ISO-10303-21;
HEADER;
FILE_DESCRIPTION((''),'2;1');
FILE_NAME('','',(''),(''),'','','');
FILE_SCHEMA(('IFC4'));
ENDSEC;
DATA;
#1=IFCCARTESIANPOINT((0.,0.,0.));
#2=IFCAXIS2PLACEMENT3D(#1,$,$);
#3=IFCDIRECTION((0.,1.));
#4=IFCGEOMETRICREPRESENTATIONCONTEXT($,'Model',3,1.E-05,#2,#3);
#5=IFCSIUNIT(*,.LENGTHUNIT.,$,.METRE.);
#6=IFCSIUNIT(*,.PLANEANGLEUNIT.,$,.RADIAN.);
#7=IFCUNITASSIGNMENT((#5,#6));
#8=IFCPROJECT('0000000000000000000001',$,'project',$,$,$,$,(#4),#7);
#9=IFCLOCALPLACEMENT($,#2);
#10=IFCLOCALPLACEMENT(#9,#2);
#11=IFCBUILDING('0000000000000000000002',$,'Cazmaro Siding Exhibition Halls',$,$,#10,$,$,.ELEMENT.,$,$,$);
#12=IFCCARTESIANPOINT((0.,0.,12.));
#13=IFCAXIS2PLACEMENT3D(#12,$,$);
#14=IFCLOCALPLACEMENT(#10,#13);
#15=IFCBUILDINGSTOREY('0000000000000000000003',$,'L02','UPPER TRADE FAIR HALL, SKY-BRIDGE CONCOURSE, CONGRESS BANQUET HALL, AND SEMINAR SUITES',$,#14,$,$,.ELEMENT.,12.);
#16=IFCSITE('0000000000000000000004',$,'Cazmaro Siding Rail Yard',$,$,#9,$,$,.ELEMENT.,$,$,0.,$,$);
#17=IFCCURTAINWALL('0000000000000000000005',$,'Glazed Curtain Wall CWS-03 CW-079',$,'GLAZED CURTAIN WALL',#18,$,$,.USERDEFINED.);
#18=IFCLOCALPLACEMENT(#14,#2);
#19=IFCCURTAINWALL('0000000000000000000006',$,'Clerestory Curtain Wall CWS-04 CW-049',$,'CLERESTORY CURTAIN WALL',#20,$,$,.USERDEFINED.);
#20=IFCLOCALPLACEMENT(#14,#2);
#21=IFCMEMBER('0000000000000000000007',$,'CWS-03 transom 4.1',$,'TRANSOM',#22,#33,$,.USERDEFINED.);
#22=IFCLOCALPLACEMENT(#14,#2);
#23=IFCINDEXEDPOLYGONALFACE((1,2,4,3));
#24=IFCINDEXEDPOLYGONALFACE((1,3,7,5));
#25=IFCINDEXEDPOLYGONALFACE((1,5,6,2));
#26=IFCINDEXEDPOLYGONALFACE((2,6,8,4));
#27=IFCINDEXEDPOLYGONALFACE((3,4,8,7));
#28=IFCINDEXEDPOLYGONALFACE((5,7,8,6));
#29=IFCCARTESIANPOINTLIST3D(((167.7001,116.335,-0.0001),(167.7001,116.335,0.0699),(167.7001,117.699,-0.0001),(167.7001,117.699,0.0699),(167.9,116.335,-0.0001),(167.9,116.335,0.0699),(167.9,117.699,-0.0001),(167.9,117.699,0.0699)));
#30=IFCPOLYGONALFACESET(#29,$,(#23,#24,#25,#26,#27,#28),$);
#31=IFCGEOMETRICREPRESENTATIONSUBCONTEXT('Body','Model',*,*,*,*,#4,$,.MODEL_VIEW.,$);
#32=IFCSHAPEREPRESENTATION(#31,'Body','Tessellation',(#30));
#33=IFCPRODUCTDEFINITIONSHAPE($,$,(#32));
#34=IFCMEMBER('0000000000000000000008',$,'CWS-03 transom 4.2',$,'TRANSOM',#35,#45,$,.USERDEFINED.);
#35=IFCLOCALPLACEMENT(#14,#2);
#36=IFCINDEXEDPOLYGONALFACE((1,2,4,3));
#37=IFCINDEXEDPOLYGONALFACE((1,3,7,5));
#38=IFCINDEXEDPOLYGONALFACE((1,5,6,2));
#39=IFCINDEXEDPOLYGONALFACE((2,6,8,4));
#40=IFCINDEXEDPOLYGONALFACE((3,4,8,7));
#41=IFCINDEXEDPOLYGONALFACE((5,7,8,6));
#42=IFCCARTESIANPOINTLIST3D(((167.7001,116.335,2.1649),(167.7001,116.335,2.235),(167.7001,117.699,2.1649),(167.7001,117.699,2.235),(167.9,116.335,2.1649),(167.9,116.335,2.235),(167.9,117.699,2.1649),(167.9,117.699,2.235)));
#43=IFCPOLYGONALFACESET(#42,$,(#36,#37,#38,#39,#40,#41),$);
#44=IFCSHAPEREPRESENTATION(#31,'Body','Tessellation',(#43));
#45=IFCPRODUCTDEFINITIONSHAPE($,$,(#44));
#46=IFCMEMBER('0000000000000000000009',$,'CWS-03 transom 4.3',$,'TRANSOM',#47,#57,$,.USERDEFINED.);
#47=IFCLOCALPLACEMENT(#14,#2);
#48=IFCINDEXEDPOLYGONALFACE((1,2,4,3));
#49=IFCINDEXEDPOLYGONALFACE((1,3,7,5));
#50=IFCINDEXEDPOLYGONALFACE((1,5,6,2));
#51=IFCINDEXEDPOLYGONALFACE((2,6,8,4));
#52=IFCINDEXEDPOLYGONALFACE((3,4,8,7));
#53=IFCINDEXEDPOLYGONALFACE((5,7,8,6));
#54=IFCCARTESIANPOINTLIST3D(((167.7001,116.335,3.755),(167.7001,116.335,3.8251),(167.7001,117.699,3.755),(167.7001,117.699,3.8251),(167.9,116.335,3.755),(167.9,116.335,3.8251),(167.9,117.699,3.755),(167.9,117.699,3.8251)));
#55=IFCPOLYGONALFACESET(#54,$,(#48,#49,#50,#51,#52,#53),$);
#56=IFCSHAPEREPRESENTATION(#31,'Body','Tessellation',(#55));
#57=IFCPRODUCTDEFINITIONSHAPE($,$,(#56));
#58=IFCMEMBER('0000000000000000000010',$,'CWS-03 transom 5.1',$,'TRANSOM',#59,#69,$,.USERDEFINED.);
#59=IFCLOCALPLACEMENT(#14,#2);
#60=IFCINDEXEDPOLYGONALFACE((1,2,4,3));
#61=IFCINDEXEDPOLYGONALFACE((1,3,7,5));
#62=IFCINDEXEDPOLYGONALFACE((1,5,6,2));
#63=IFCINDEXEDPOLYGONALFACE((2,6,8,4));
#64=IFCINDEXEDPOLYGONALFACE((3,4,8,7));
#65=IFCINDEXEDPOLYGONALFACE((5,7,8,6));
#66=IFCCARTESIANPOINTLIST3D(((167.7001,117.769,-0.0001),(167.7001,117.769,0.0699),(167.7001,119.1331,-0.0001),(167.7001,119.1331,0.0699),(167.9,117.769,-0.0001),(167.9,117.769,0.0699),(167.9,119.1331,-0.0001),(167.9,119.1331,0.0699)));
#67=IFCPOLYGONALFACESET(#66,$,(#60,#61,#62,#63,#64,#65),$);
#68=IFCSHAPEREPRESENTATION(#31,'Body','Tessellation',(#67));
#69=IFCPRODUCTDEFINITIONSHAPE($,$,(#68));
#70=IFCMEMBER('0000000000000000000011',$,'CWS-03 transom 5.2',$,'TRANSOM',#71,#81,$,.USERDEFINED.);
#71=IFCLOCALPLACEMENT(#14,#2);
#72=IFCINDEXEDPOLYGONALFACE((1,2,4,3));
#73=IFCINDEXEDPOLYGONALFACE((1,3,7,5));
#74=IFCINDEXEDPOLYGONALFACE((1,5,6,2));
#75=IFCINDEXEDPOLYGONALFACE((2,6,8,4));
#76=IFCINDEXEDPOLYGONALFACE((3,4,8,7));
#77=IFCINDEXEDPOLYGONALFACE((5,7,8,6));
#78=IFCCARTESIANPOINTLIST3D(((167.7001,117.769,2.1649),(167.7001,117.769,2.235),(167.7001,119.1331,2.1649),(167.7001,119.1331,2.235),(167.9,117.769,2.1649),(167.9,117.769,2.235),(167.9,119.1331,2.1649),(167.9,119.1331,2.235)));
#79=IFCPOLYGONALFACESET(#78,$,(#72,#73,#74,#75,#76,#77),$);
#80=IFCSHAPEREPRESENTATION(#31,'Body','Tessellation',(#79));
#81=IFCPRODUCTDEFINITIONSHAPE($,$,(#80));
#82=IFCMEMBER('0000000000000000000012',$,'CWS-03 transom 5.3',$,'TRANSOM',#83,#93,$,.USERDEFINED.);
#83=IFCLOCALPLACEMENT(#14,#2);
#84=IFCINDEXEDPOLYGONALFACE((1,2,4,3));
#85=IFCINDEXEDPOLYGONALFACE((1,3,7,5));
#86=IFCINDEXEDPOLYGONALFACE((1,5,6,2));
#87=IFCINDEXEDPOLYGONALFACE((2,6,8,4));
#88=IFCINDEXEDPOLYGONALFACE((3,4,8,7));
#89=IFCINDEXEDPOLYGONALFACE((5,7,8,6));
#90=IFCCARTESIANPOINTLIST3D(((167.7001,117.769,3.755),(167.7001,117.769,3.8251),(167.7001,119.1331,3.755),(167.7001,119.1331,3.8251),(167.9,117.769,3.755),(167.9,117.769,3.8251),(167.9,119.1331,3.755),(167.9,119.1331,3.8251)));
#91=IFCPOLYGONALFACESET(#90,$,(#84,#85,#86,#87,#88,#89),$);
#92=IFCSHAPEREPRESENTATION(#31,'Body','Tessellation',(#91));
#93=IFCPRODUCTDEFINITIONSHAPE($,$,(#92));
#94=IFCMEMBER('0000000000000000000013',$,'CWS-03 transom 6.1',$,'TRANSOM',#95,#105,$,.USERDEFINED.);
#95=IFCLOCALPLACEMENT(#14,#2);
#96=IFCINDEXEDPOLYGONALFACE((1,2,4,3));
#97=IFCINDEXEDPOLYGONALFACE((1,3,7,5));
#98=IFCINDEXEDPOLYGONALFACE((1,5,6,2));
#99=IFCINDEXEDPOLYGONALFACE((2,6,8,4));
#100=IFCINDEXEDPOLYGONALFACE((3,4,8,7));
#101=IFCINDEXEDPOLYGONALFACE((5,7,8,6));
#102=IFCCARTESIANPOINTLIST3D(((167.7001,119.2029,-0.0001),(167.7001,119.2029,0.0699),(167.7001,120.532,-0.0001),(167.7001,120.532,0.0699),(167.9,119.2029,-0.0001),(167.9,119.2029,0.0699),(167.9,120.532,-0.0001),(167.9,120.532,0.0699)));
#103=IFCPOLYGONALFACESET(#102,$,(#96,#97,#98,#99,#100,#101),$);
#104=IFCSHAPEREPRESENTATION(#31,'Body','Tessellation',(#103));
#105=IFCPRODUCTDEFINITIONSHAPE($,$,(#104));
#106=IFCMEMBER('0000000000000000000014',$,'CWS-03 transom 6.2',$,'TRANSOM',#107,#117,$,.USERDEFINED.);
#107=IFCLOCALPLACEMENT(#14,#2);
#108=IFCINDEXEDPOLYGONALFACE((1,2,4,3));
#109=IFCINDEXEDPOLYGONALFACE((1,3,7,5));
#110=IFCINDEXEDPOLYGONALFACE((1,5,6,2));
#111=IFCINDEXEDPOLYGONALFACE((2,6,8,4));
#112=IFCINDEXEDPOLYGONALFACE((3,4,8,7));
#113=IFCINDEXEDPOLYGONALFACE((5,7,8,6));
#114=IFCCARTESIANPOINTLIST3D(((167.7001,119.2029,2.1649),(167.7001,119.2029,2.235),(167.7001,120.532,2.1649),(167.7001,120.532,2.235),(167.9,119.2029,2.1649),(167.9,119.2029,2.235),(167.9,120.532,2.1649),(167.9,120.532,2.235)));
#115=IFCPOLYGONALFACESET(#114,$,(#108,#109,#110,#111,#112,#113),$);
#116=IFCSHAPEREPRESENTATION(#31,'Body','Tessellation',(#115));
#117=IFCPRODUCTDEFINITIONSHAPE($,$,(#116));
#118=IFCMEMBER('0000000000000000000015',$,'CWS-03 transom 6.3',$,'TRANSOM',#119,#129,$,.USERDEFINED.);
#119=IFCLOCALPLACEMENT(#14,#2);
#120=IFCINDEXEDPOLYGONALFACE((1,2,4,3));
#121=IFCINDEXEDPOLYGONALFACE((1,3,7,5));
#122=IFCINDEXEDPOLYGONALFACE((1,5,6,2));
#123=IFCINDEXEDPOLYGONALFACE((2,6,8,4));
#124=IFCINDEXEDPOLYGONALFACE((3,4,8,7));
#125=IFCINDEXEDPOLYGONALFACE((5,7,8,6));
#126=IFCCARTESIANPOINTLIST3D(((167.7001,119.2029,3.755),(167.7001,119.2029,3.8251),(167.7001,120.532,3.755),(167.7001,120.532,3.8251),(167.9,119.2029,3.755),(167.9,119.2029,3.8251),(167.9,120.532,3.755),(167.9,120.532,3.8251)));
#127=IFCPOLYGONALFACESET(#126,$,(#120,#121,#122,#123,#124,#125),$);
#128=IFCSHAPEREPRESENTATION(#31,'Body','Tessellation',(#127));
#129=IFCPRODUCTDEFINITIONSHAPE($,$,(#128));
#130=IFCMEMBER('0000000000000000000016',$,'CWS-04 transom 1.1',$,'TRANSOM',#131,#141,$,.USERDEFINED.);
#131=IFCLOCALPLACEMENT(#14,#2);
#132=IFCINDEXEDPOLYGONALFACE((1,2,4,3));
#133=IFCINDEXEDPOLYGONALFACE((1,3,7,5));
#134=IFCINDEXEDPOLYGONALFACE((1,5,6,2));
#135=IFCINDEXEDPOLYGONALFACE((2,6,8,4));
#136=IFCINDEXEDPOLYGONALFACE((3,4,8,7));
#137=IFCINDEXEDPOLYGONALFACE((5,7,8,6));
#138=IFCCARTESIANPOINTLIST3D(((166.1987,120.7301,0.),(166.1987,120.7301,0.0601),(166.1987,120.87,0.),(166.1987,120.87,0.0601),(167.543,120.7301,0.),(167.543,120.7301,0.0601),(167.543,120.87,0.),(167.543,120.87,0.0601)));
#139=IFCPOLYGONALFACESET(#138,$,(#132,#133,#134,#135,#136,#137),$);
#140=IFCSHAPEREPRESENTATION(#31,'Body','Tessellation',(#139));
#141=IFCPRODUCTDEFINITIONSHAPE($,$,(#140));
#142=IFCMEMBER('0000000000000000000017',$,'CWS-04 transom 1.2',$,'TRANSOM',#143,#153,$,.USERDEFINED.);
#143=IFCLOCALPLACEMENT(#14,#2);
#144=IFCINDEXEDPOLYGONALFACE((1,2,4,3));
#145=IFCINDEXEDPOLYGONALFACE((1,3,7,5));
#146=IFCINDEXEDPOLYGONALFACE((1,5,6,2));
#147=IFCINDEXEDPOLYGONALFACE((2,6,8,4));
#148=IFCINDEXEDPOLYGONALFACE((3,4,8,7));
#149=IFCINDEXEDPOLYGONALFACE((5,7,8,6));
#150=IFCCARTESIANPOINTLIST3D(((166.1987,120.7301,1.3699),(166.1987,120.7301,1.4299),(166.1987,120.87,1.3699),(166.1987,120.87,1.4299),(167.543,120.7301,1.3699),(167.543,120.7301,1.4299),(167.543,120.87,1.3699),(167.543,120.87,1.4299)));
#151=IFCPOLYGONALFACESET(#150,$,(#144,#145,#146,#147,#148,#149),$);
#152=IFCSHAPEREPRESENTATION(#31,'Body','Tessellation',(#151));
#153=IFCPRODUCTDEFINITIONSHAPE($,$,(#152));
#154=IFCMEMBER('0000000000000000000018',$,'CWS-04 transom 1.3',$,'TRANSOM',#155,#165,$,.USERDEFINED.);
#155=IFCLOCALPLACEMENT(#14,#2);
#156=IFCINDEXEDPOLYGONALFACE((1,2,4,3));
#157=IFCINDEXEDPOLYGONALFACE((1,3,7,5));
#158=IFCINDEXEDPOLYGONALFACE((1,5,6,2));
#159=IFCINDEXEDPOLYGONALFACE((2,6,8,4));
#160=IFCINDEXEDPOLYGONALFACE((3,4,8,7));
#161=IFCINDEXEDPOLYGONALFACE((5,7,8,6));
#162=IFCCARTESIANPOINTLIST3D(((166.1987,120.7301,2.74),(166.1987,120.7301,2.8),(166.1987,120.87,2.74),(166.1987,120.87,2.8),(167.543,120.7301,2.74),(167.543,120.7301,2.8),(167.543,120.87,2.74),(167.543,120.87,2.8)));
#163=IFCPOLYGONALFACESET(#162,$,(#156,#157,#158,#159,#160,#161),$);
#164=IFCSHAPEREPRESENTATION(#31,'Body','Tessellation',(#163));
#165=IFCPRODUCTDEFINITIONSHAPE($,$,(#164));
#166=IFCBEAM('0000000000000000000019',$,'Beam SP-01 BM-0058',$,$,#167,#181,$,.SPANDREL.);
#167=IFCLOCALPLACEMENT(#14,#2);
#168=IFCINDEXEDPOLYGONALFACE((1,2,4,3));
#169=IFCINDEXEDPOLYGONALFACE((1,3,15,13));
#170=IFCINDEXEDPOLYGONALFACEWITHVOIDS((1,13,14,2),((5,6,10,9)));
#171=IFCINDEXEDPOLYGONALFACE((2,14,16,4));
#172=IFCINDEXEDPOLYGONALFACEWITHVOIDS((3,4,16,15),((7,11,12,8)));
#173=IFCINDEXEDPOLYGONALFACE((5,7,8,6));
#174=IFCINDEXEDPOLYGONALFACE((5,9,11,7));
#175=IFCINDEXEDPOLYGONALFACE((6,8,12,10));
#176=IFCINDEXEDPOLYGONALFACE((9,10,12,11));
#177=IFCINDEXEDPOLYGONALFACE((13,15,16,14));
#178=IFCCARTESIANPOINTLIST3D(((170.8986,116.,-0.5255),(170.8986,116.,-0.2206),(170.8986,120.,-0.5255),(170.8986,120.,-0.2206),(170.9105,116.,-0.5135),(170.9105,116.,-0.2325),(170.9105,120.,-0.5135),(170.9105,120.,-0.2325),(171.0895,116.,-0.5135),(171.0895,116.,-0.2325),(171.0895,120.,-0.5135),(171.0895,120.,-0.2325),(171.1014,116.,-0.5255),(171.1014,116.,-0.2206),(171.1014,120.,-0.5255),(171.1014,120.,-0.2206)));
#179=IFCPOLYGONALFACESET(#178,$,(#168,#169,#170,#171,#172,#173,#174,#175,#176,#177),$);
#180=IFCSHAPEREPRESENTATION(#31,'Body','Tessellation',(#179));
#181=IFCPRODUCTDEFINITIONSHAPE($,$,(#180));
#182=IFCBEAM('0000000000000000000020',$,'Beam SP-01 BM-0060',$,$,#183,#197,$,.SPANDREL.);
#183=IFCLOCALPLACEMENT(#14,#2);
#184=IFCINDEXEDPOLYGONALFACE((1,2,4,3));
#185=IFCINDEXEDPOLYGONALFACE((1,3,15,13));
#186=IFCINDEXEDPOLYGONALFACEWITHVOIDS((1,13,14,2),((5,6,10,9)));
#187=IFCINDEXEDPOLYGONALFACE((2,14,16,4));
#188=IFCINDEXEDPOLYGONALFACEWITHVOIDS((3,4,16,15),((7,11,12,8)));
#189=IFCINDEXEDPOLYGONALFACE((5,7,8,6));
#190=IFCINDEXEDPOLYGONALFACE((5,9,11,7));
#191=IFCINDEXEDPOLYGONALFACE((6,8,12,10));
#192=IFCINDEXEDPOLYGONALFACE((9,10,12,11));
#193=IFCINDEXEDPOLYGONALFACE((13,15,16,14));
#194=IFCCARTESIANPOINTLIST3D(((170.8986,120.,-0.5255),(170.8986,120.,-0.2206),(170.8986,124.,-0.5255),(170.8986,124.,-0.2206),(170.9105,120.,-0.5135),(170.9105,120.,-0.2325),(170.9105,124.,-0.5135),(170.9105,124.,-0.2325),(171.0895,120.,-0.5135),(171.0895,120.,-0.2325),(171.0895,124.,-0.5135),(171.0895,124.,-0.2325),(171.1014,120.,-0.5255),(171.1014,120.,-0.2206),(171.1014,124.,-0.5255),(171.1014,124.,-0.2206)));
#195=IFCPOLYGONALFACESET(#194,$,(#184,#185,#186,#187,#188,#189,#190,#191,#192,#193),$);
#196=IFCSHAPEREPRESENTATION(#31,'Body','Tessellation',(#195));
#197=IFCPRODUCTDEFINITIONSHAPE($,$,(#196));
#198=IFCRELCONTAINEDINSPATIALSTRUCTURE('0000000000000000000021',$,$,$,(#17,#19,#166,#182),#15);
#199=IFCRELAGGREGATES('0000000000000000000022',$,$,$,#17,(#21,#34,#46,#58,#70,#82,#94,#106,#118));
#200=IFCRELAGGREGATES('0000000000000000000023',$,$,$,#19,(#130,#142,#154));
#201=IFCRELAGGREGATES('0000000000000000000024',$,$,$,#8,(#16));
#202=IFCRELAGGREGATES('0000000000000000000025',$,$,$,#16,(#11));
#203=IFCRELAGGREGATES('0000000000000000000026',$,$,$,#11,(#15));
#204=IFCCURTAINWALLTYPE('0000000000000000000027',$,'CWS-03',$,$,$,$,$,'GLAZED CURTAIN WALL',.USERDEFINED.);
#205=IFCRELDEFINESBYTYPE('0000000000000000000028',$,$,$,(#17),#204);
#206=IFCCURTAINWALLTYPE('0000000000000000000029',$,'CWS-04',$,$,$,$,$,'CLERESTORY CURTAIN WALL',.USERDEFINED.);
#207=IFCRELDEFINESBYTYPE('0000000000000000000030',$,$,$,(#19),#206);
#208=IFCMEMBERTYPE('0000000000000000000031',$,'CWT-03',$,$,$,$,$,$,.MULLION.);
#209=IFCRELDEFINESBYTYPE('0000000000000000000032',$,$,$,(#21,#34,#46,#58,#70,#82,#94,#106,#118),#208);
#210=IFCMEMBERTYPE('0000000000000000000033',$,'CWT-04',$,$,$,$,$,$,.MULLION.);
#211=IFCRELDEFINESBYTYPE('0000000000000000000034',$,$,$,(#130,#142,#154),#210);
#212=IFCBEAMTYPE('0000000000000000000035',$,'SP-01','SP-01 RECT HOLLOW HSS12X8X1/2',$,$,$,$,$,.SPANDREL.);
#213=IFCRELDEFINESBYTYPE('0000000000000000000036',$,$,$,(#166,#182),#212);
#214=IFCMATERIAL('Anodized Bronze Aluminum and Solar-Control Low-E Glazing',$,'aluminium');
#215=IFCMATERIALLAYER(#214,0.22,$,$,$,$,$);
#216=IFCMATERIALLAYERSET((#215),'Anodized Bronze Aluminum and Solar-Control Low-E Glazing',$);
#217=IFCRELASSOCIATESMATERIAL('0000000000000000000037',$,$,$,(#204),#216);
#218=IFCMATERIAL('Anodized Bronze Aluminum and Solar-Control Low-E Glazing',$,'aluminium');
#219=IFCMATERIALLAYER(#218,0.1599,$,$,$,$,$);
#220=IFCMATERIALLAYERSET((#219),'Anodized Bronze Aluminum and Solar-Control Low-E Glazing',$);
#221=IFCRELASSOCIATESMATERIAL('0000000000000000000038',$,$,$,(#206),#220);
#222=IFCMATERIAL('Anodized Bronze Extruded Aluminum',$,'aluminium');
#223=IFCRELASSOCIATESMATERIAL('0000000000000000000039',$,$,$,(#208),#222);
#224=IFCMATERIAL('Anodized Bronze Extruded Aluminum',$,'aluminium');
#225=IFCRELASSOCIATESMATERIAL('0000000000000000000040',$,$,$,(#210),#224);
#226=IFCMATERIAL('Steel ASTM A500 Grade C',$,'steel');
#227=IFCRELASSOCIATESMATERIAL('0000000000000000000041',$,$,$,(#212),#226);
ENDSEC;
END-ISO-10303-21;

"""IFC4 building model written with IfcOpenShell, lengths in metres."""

from ifc_helpers import new_model, si_unit, direction, frame, origin, origin_2d, place, context, subcontext, project, spatial, rectangle, hollow_rectangle, extrude, material, layer, layer_set, material_profile, profile_set, type_object, element, aggregate, save


model = new_model("IFC4")

# Units and contexts
model_context = context("Model", 3, precision=1e-05, world=origin(), true_north=direction((0.0, 1.0)))
body_context = subcontext(model_context, "Body", "Model", "MODEL_VIEW")
ifc_project = project(units=[si_unit("LENGTHUNIT", "METRE"), si_unit("PLANEANGLEUNIT", "RADIAN")], contexts=[model_context])

# Site, building, storey
site_placement = place(None, origin())
site = spatial("IfcSite", under=ifc_project, at=site_placement, Name="Cazmaro Siding Rail Yard", CompositionType="ELEMENT", RefElevation=0.0)
building_placement = place(site_placement, origin())
building = spatial("IfcBuilding", under=site, at=building_placement, Name="Cazmaro Siding Exhibition Halls", CompositionType="ELEMENT")
storey_placement = place(building_placement, frame((0.0, 0.0, 12.0)))
storey = spatial("IfcBuildingStorey", under=building, at=storey_placement, Name="L02", Description="UPPER TRADE FAIR HALL, SKY-BRIDGE CONCOURSE, CONGRESS BANQUET HALL, AND SEMINAR SUITES", CompositionType="ELEMENT", Elevation=12.0)

# Curtain wall
ifc_material_1 = material(Name="Anodized Bronze Aluminum and Solar-Control Low-E Glazing", Category="aluminium")
ifc_layer_1 = layer(ifc_material_1, 0.22)
ifc_layer_set_1 = layer_set([ifc_layer_1], Name="Anodized Bronze Aluminum and Solar-Control Low-E Glazing")
curtain_wall_type_1 = type_object("IfcCurtainWallType", Name="CWS-03", ElementType="GLAZED CURTAIN WALL", PredefinedType="USERDEFINED", material=ifc_layer_set_1)
curtain_wall_1_placement = place(storey_placement, origin())
curtain_wall_1 = element("IfcCurtainWall", 1, at=curtain_wall_1_placement, inside=storey, type_object=curtain_wall_type_1, Name="Glazed Curtain Wall CWS-03 CW-079", ObjectType="GLAZED CURTAIN WALL", PredefinedType="USERDEFINED")

# Curtain wall
ifc_material_2 = material(Name="Anodized Bronze Aluminum and Solar-Control Low-E Glazing", Category="aluminium")
ifc_layer_2 = layer(ifc_material_2, 0.1599)
ifc_layer_set_2 = layer_set([ifc_layer_2], Name="Anodized Bronze Aluminum and Solar-Control Low-E Glazing")
curtain_wall_type_2 = type_object("IfcCurtainWallType", Name="CWS-04", ElementType="CLERESTORY CURTAIN WALL", PredefinedType="USERDEFINED", material=ifc_layer_set_2)
curtain_wall_2_placement = place(storey_placement, origin())
curtain_wall_2 = element("IfcCurtainWall", 2, at=curtain_wall_2_placement, inside=storey, type_object=curtain_wall_type_2, Name="Clerestory Curtain Wall CWS-04 CW-049", ObjectType="CLERESTORY CURTAIN WALL", PredefinedType="USERDEFINED")

# Members
ifc_material_3 = material(Name="Anodized Bronze Extruded Aluminum", Category="aluminium")
ifc_material_profile_1 = material_profile(ifc_material_3, rectangle(XDim=0.2, YDim=0.0701, at=origin_2d()), Name="CWT-03")
ifc_profile_set_1 = profile_set([ifc_material_profile_1], Name="Anodized Bronze Extruded Aluminum")
member_type_1 = type_object("IfcMemberType", Name="CWT-03", PredefinedType="MULLION", material=ifc_profile_set_1)
member_1_placement = place(storey_placement, frame((167.8, 116.335, 0.0349), z_axis=(0.0, 1.0, 0.0), x_axis=(-1.0, 0.0, 0.0)))
member_1 = element("IfcMember", 3, at=member_1_placement, type_object=member_type_1, Name="CWS-03 transom 4.1", ObjectType="TRANSOM", PredefinedType="USERDEFINED", context=body_context, shape_type="SweptSolid", body=[
    extrude(rectangle(XDim=0.2, YDim=0.0701, at=origin_2d()), origin(), (0.0, 0.0, 1.0), 1.364),
])
member_2_placement = place(storey_placement, frame((167.8, 116.335, 2.2), z_axis=(0.0, 1.0, 0.0), x_axis=(-1.0, 0.0, 0.0)))
member_2 = element("IfcMember", 4, at=member_2_placement, type_object=member_type_1, Name="CWS-03 transom 4.2", ObjectType="TRANSOM", PredefinedType="USERDEFINED", context=body_context, shape_type="SweptSolid", body=[
    extrude(rectangle(XDim=0.2, YDim=0.0701, at=origin_2d()), origin(), (0.0, 0.0, 1.0), 1.364),
])
member_3_placement = place(storey_placement, frame((167.8, 116.335, 3.79), z_axis=(0.0, 1.0, 0.0), x_axis=(-1.0, 0.0, 0.0)))
member_3 = element("IfcMember", 5, at=member_3_placement, type_object=member_type_1, Name="CWS-03 transom 4.3", ObjectType="TRANSOM", PredefinedType="USERDEFINED", context=body_context, shape_type="SweptSolid", body=[
    extrude(rectangle(XDim=0.2, YDim=0.0701, at=origin_2d()), origin(), (0.0, 0.0, 1.0), 1.364),
])
member_4_placement = place(storey_placement, frame((167.8, 117.769, 0.0349), z_axis=(0.0, 1.0, 0.0), x_axis=(-1.0, 0.0, 0.0)))
member_4 = element("IfcMember", 6, at=member_4_placement, type_object=member_type_1, Name="CWS-03 transom 5.1", ObjectType="TRANSOM", PredefinedType="USERDEFINED", context=body_context, shape_type="SweptSolid", body=[
    extrude(rectangle(XDim=0.2, YDim=0.0701, at=origin_2d()), origin(), (0.0, 0.0, 1.0), 1.364),
])
member_5_placement = place(storey_placement, frame((167.8, 117.769, 2.2), z_axis=(0.0, 1.0, 0.0), x_axis=(-1.0, 0.0, 0.0)))
member_5 = element("IfcMember", 7, at=member_5_placement, type_object=member_type_1, Name="CWS-03 transom 5.2", ObjectType="TRANSOM", PredefinedType="USERDEFINED", context=body_context, shape_type="SweptSolid", body=[
    extrude(rectangle(XDim=0.2, YDim=0.0701, at=origin_2d()), origin(), (0.0, 0.0, 1.0), 1.364),
])
member_6_placement = place(storey_placement, frame((167.8, 117.769, 3.79), z_axis=(0.0, 1.0, 0.0), x_axis=(-1.0, 0.0, 0.0)))
member_6 = element("IfcMember", 8, at=member_6_placement, type_object=member_type_1, Name="CWS-03 transom 5.3", ObjectType="TRANSOM", PredefinedType="USERDEFINED", context=body_context, shape_type="SweptSolid", body=[
    extrude(rectangle(XDim=0.2, YDim=0.0701, at=origin_2d()), origin(), (0.0, 0.0, 1.0), 1.364),
])
member_7_placement = place(storey_placement, frame((167.8, 119.2029, 0.0349), z_axis=(0.0, 1.0, 0.0), x_axis=(-1.0, 0.0, 0.0)))
member_7 = element("IfcMember", 9, at=member_7_placement, type_object=member_type_1, Name="CWS-03 transom 6.1", ObjectType="TRANSOM", PredefinedType="USERDEFINED", context=body_context, shape_type="SweptSolid", body=[
    extrude(rectangle(XDim=0.2, YDim=0.0701, at=origin_2d()), origin(), (0.0, 0.0, 1.0), 1.3291),
])
member_8_placement = place(storey_placement, frame((167.8, 119.2029, 2.2), z_axis=(0.0, 1.0, 0.0), x_axis=(-1.0, 0.0, 0.0)))
member_8 = element("IfcMember", 10, at=member_8_placement, type_object=member_type_1, Name="CWS-03 transom 6.2", ObjectType="TRANSOM", PredefinedType="USERDEFINED", context=body_context, shape_type="SweptSolid", body=[
    extrude(rectangle(XDim=0.2, YDim=0.0701, at=origin_2d()), origin(), (0.0, 0.0, 1.0), 1.3291),
])
member_9_placement = place(storey_placement, frame((167.8, 119.2029, 3.79), z_axis=(0.0, 1.0, 0.0), x_axis=(-1.0, 0.0, 0.0)))
member_9 = element("IfcMember", 11, at=member_9_placement, type_object=member_type_1, Name="CWS-03 transom 6.3", ObjectType="TRANSOM", PredefinedType="USERDEFINED", context=body_context, shape_type="SweptSolid", body=[
    extrude(rectangle(XDim=0.2, YDim=0.0701, at=origin_2d()), origin(), (0.0, 0.0, 1.0), 1.3291),
])
ifc_material_4 = material(Name="Anodized Bronze Extruded Aluminum", Category="aluminium")
ifc_material_profile_2 = material_profile(ifc_material_4, rectangle(XDim=0.1399, YDim=0.0601, at=origin_2d()), Name="CWT-04")
ifc_profile_set_2 = profile_set([ifc_material_profile_2], Name="Anodized Bronze Extruded Aluminum")
member_type_2 = type_object("IfcMemberType", Name="CWT-04", PredefinedType="MULLION", material=ifc_profile_set_2)
member_10_placement = place(storey_placement, frame((167.543, 120.8, 0.03), z_axis=(-1.0, 0.0, 0.0), x_axis=(0.0, -1.0, 0.0)))
member_10 = element("IfcMember", 12, at=member_10_placement, type_object=member_type_2, Name="CWS-04 transom 1.1", ObjectType="TRANSOM", PredefinedType="USERDEFINED", context=body_context, shape_type="SweptSolid", body=[
    extrude(rectangle(XDim=0.1399, YDim=0.0601, at=origin_2d()), origin(), (0.0, 0.0, 1.0), 1.3442),
])
member_11_placement = place(storey_placement, frame((167.543, 120.8, 1.3999), z_axis=(-1.0, 0.0, 0.0), x_axis=(0.0, -1.0, 0.0)))
member_11 = element("IfcMember", 13, at=member_11_placement, type_object=member_type_2, Name="CWS-04 transom 1.2", ObjectType="TRANSOM", PredefinedType="USERDEFINED", context=body_context, shape_type="SweptSolid", body=[
    extrude(rectangle(XDim=0.1399, YDim=0.0601, at=origin_2d()), origin(), (0.0, 0.0, 1.0), 1.3442),
])
member_12_placement = place(storey_placement, frame((167.543, 120.8, 2.77), z_axis=(-1.0, 0.0, 0.0), x_axis=(0.0, -1.0, 0.0)))
member_12 = element("IfcMember", 14, at=member_12_placement, type_object=member_type_2, Name="CWS-04 transom 1.3", ObjectType="TRANSOM", PredefinedType="USERDEFINED", context=body_context, shape_type="SweptSolid", body=[
    extrude(rectangle(XDim=0.1399, YDim=0.0601, at=origin_2d()), origin(), (0.0, 0.0, 1.0), 1.3442),
])

# Beams
ifc_material_5 = material(Name="Steel ASTM A500 Grade C", Category="steel")
ifc_material_profile_3 = material_profile(ifc_material_5, hollow_rectangle(XDim=0.2029, YDim=0.3049, WallThickness=0.012, at=origin_2d()), Name="HSS12X8X1/2")
ifc_profile_set_3 = profile_set([ifc_material_profile_3], Name="Steel ASTM A500 Grade C")
beam_type_1 = type_object("IfcBeamType", Name="SP-01", Description="SP-01 RECT HOLLOW HSS12X8X1/2", PredefinedType="SPANDREL", material=ifc_profile_set_3)
for number, where, z_axis, x_axis, name in (
    (15, (171.0, 116.0, -0.373), (0.0, 1.0, 0.0), (-1.0, 0.0, 0.0), "Beam SP-01 BM-0058"),
    (16, (171.0, 120.0, -0.373), (0.0, 1.0, 0.0), (-1.0, 0.0, 0.0), "Beam SP-01 BM-0060"),
):
    element("IfcBeam", number, at=place(storey_placement, frame(where, z_axis=z_axis, x_axis=x_axis)), inside=storey, type_object=beam_type_1, Name=name, PredefinedType="SPANDREL", context=body_context, shape_type="SweptSolid", body=[
        extrude(hollow_rectangle(XDim=0.2029, YDim=0.3049, WallThickness=0.012, at=origin_2d()), origin(), (0.0, 0.0, 1.0), 4.0),
    ])

aggregate(curtain_wall_1, [member_1, member_2, member_3, member_4, member_5, member_6, member_7, member_8, member_9])
aggregate(curtain_wall_2, [member_10, member_11, member_12])

save(model, "model.ifc")
